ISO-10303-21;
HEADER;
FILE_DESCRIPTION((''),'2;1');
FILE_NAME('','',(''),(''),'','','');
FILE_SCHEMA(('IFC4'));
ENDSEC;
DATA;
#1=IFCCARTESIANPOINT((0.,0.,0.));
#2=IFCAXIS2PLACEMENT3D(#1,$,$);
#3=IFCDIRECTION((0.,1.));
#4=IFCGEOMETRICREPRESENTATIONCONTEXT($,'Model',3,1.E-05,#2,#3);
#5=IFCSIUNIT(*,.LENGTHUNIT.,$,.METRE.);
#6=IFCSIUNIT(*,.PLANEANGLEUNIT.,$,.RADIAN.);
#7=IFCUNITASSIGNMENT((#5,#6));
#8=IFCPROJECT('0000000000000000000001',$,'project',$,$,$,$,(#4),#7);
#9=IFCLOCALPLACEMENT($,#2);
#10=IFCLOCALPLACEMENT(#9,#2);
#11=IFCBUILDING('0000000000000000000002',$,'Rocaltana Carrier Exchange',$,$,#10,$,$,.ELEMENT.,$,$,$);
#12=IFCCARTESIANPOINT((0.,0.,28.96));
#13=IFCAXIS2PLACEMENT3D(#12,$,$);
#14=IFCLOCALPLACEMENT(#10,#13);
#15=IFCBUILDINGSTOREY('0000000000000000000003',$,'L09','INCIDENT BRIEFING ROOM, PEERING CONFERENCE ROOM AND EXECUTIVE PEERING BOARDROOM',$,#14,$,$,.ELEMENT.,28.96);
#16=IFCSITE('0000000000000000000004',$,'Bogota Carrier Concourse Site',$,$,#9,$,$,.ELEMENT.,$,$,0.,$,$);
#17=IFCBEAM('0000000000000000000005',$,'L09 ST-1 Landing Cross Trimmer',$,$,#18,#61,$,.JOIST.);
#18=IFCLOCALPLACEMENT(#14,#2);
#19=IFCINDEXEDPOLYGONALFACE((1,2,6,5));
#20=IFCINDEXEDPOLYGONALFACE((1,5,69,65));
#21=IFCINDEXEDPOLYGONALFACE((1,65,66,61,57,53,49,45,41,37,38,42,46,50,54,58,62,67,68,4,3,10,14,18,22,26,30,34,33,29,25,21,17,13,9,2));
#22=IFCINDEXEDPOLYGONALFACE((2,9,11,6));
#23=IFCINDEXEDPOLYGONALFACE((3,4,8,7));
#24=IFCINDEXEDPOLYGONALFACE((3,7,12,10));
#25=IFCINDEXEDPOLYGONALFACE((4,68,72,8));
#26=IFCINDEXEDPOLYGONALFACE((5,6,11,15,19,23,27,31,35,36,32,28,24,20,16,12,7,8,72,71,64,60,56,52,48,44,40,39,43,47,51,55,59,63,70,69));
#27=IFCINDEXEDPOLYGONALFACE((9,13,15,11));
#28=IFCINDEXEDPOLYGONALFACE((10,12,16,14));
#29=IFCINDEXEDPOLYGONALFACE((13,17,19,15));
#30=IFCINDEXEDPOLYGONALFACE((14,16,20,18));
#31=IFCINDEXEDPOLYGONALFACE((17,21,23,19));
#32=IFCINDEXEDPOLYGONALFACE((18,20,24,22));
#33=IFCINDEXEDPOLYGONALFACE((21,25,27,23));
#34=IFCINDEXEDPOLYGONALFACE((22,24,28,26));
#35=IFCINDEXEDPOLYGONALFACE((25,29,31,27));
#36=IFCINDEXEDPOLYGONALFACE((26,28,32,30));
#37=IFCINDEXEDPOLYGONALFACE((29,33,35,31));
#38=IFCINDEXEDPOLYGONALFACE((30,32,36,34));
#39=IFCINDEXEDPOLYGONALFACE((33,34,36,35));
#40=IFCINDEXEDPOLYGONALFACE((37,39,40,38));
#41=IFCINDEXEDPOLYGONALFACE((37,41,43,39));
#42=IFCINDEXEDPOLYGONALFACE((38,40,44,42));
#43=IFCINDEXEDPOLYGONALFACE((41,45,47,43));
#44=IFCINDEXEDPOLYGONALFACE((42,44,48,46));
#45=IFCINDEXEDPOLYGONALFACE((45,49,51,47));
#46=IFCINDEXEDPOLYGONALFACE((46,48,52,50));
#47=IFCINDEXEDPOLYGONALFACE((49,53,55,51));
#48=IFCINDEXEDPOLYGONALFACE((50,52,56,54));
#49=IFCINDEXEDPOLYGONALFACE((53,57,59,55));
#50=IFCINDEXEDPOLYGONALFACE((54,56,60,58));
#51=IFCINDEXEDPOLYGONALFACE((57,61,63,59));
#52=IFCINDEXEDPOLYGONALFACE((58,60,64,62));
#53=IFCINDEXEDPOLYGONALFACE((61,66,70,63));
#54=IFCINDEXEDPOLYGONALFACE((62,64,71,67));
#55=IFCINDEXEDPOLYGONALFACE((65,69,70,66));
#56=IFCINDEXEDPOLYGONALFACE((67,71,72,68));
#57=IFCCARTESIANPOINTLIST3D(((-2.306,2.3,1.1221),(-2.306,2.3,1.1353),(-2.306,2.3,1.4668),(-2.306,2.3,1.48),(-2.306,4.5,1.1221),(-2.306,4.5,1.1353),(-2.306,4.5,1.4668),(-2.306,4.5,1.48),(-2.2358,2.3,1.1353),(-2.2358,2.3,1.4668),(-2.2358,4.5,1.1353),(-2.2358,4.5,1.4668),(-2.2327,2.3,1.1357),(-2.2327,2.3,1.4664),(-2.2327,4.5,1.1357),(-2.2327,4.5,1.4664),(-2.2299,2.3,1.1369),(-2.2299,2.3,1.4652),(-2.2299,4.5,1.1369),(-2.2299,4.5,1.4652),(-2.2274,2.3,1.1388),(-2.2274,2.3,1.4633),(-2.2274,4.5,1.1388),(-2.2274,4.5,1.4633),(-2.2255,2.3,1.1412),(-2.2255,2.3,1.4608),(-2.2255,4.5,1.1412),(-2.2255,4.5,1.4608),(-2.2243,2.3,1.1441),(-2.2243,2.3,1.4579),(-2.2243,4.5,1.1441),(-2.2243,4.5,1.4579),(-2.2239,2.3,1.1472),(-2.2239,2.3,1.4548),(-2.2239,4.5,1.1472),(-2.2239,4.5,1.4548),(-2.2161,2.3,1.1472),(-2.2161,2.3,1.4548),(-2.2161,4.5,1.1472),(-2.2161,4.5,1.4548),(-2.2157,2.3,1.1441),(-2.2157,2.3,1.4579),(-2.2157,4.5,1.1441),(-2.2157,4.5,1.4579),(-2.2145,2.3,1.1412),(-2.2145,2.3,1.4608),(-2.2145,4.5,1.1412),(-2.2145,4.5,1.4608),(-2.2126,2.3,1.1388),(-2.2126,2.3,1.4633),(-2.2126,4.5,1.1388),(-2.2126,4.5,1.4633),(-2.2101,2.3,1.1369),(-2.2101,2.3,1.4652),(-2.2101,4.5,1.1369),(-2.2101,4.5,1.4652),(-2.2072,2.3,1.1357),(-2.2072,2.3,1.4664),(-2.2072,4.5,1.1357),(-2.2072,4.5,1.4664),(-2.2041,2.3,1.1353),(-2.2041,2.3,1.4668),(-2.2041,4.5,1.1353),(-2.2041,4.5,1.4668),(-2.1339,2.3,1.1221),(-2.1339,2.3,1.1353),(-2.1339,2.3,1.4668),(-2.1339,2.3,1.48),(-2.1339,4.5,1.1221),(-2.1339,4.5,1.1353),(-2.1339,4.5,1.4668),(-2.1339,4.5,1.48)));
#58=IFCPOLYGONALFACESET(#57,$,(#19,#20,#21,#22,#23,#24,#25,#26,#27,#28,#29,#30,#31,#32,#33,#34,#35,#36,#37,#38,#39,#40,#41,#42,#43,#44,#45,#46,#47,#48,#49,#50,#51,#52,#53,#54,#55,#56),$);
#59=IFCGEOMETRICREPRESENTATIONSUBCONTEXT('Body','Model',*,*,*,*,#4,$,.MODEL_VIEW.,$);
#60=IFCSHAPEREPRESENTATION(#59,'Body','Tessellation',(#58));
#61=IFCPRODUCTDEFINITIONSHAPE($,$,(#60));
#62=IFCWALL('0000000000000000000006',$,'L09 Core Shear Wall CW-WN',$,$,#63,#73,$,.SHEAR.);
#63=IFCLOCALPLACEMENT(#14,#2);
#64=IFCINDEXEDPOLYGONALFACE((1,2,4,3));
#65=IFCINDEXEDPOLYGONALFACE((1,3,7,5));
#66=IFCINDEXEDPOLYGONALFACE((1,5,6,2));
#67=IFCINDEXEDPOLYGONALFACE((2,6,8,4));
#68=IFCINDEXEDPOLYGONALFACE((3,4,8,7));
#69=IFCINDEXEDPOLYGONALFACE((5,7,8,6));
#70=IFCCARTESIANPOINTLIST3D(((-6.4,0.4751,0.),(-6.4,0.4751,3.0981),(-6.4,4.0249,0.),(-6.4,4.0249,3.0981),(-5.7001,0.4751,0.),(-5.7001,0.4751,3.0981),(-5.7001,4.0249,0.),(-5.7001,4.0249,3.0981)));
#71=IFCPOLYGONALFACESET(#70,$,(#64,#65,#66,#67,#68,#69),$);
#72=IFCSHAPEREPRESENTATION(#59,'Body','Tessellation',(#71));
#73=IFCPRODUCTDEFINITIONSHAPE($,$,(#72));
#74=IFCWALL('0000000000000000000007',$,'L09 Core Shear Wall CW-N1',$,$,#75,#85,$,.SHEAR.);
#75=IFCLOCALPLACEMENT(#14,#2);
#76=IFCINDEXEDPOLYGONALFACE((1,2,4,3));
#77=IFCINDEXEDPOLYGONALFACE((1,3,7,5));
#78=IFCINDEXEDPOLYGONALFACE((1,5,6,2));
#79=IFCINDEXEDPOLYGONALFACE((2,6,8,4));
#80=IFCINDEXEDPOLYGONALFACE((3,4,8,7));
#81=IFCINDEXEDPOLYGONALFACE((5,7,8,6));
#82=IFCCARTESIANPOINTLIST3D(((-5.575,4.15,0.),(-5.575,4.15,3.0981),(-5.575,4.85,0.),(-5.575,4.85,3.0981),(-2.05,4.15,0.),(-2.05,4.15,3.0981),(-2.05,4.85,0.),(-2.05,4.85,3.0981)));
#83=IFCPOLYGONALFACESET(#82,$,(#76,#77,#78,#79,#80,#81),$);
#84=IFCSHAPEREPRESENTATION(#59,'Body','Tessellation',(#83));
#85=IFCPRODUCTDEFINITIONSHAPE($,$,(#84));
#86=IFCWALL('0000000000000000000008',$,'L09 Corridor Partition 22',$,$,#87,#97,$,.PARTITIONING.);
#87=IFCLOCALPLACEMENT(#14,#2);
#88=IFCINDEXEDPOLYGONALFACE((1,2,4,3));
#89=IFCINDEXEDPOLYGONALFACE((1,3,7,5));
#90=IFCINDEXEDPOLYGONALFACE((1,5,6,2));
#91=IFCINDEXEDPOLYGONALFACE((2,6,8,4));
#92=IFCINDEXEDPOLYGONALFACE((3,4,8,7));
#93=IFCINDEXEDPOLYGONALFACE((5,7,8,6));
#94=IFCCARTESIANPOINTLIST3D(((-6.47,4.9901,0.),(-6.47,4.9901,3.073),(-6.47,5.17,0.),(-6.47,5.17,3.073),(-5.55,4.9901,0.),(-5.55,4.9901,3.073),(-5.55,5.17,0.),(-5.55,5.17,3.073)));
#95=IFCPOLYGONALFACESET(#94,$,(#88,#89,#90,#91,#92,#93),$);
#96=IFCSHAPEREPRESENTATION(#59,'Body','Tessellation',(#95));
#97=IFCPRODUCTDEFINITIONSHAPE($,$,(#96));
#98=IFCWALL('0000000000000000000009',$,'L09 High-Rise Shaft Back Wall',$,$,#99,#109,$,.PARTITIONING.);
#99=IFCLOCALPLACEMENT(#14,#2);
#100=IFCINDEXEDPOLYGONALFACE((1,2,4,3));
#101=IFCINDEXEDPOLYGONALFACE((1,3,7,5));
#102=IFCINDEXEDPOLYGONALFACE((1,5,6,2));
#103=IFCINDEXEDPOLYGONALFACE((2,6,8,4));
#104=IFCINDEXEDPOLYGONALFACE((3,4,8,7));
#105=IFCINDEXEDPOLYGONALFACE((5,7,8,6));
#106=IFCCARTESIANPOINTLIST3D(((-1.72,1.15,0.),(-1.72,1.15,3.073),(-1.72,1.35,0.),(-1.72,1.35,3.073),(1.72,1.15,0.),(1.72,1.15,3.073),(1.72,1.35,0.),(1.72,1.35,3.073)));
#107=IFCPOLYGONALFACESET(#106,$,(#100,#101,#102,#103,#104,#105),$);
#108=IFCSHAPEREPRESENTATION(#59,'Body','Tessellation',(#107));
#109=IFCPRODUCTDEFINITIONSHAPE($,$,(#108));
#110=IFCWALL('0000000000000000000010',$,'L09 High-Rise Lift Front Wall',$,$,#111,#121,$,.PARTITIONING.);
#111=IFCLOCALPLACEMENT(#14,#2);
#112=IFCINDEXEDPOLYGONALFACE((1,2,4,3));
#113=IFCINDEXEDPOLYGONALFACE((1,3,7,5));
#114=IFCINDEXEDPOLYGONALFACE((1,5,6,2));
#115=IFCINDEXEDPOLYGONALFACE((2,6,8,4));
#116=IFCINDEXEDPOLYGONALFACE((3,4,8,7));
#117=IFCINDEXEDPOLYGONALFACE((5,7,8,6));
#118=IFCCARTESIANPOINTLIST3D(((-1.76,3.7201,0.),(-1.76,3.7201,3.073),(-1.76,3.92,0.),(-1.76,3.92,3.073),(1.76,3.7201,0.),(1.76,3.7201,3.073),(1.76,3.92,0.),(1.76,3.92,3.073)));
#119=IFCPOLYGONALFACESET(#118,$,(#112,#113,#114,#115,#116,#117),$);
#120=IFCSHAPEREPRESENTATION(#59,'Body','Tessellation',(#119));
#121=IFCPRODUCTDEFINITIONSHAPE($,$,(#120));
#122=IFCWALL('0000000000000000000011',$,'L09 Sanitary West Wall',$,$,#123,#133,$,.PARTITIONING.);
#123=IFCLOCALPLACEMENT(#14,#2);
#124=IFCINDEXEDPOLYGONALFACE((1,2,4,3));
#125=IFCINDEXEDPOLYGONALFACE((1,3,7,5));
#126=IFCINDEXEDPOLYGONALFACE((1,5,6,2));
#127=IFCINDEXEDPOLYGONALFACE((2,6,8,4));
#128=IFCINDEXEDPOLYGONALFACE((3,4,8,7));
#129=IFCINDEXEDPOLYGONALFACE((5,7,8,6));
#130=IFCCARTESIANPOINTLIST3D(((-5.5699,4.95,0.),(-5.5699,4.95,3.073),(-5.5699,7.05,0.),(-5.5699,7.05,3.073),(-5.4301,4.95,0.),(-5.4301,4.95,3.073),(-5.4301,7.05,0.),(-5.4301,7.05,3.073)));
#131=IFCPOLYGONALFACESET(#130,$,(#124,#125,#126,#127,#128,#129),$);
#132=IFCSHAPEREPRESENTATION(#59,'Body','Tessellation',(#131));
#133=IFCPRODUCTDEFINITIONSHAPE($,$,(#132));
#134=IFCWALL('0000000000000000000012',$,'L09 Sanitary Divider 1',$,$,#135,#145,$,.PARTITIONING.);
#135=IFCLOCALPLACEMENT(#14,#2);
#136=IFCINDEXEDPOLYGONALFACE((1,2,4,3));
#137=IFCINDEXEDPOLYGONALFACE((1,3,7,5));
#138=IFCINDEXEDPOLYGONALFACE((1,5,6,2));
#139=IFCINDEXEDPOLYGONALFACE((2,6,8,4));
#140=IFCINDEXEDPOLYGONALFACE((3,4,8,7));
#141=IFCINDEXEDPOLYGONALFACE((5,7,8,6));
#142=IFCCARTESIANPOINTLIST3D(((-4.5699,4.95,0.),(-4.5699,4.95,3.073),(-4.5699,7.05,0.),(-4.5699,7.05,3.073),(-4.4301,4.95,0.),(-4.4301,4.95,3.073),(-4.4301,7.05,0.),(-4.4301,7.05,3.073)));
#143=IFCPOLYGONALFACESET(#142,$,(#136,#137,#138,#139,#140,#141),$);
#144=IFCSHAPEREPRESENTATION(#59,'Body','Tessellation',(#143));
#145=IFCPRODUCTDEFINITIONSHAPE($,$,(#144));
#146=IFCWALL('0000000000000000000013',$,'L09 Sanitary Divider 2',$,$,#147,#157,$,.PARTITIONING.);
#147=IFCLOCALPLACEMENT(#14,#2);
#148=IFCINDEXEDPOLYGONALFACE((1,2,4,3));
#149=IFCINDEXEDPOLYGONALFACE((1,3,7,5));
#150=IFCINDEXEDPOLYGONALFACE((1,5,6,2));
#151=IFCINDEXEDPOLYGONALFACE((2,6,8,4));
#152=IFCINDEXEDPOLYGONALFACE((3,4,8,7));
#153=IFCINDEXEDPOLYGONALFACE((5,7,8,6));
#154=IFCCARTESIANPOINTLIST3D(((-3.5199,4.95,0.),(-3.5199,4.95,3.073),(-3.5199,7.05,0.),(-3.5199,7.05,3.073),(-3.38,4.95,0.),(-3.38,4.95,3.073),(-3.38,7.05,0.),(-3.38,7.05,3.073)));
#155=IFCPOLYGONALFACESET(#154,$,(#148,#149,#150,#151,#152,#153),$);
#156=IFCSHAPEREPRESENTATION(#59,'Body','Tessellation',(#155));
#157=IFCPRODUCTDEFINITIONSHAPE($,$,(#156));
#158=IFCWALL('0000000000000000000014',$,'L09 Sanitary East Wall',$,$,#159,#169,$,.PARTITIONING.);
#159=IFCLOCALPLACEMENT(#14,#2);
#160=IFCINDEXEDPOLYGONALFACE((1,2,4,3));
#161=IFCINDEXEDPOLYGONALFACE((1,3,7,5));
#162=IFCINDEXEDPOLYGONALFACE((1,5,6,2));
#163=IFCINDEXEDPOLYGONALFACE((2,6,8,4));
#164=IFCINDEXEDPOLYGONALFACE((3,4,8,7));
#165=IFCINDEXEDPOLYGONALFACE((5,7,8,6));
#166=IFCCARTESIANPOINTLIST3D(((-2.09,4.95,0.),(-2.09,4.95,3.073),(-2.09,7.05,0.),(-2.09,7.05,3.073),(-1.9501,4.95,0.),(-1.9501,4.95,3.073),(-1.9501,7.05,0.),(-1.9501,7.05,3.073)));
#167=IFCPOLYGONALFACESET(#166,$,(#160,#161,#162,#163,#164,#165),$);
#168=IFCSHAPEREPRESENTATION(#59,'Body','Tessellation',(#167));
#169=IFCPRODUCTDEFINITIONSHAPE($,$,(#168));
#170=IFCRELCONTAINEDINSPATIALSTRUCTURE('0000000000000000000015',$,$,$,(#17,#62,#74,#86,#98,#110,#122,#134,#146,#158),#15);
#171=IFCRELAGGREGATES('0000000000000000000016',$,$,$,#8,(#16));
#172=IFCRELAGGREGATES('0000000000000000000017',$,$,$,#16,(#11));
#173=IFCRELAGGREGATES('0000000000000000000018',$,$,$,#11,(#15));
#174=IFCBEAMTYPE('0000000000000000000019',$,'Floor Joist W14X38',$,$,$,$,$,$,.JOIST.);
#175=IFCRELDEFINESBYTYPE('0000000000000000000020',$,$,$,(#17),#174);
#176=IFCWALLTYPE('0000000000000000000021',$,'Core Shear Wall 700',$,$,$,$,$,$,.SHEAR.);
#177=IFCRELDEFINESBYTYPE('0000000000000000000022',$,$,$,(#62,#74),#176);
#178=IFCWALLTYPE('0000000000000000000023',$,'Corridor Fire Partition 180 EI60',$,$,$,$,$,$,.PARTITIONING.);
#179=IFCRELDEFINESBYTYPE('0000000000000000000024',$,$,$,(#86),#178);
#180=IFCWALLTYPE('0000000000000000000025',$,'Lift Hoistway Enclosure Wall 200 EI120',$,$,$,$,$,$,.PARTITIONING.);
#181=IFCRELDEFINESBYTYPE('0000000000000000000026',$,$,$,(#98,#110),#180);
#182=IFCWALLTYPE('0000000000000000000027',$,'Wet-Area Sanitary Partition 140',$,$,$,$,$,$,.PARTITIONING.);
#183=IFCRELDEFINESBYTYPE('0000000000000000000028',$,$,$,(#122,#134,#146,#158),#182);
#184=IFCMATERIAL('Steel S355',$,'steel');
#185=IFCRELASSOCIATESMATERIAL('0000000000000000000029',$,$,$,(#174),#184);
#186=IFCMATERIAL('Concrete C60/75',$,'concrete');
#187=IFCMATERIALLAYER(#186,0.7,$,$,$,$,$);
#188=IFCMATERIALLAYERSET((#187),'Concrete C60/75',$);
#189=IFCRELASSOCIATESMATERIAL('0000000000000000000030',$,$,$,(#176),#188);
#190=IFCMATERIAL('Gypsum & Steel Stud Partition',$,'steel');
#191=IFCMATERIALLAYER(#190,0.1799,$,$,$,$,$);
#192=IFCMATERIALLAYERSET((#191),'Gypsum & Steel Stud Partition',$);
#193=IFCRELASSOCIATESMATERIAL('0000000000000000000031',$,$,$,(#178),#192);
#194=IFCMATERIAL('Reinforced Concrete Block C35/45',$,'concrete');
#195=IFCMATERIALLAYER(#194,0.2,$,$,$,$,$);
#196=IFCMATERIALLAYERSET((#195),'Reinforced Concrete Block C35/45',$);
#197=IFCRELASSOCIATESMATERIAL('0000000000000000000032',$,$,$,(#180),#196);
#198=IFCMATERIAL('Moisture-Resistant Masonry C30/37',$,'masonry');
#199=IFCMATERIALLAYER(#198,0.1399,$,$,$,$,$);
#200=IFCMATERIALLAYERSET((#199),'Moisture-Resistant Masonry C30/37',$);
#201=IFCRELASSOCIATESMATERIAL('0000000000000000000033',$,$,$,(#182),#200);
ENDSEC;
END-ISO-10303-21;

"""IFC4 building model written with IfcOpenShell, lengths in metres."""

from ifc_helpers import new_model, si_unit, direction, frame, frame_2d, origin, origin_2d, place, context, subcontext, project, spatial, rectangle, i_section, extrude, material, layer, layer_set, material_profile, profile_set, type_object, element, save


model = new_model("IFC4")

# Units and contexts
model_context = context("Model", 3, precision=1e-05, world=origin(), true_north=direction((0.0, 1.0)))
body_context = subcontext(model_context, "Body", "Model", "MODEL_VIEW")
ifc_project = project(units=[si_unit("LENGTHUNIT", "METRE"), si_unit("PLANEANGLEUNIT", "RADIAN")], contexts=[model_context])

# Site, building, storey
site_placement = place(None, origin())
site = spatial("IfcSite", under=ifc_project, at=site_placement, Name="Bogota Carrier Concourse Site", CompositionType="ELEMENT", RefElevation=0.0)
building_placement = place(site_placement, origin())
building = spatial("IfcBuilding", under=site, at=building_placement, Name="Rocaltana Carrier Exchange", CompositionType="ELEMENT")
storey_placement = place(building_placement, frame((0.0, 0.0, 28.96)))
storey = spatial("IfcBuildingStorey", under=building, at=storey_placement, Name="L09", Description="INCIDENT BRIEFING ROOM, PEERING CONFERENCE ROOM AND EXECUTIVE PEERING BOARDROOM", CompositionType="ELEMENT", Elevation=28.96)

# Beam
ifc_material_1 = material(Name="Steel S355", Category="steel")
ifc_material_profile_1 = material_profile(ifc_material_1, i_section(OverallWidth=0.1721, OverallDepth=0.3579, WebThickness=0.0078, FlangeThickness=0.0132, FilletRadius=0.012, at=origin_2d()), Name="W14X38")
ifc_profile_set_1 = profile_set([ifc_material_profile_1], Name="Steel S355")
beam_type_1 = type_object("IfcBeamType", Name="Floor Joist W14X38", PredefinedType="JOIST", material=ifc_profile_set_1)
beam_1_placement = place(storey_placement, frame((-2.22, 2.3, 1.301), z_axis=(0.0, 1.0, 0.0), x_axis=(-1.0, 0.0, 0.0)))
element("IfcBeam", 1, at=beam_1_placement, inside=storey, type_object=beam_type_1, Name="L09 ST-1 Landing Cross Trimmer", PredefinedType="JOIST", context=body_context, shape_type="SweptSolid", body=[
    extrude(i_section(OverallWidth=0.1721, OverallDepth=0.3579, WebThickness=0.0078, FlangeThickness=0.0132, FilletRadius=0.012, at=origin_2d()), origin(), (0.0, 0.0, 1.0), 2.2),
])

# Walls
ifc_material_2 = material(Name="Concrete C60/75", Category="concrete")
ifc_layer_1 = layer(ifc_material_2, 0.7)
ifc_layer_set_1 = layer_set([ifc_layer_1], Name="Concrete C60/75")
wall_type_1 = type_object("IfcWallType", Name="Core Shear Wall 700", PredefinedType="SHEAR", material=ifc_layer_set_1)
wall_1_placement = place(storey_placement, frame((-6.05, 0.4751, 0.0), z_axis=(0.0, 0.0, 1.0), x_axis=(0.0, 1.0, 0.0)))
element("IfcWall", 2, at=wall_1_placement, inside=storey, type_object=wall_type_1, Name="L09 Core Shear Wall CW-WN", PredefinedType="SHEAR", context=body_context, shape_type="SweptSolid", body=[
    extrude(rectangle(XDim=3.5498, YDim=0.7, at=frame_2d((1.7749, 0.0))), origin(), (0.0, 0.0, 1.0), 3.0981),
])
wall_2_placement = place(storey_placement, frame((-5.575, 4.5, 0.0), z_axis=(0.0, 0.0, 1.0), x_axis=(1.0, 0.0, 0.0)))
element("IfcWall", 3, at=wall_2_placement, inside=storey, type_object=wall_type_1, Name="L09 Core Shear Wall CW-N1", PredefinedType="SHEAR", context=body_context, shape_type="SweptSolid", body=[
    extrude(rectangle(XDim=3.5249, YDim=0.7, at=frame_2d((1.7625, 0.0))), origin(), (0.0, 0.0, 1.0), 3.0981),
])
ifc_material_3 = material(Name="Gypsum & Steel Stud Partition", Category="steel")
ifc_layer_2 = layer(ifc_material_3, 0.1799)
ifc_layer_set_2 = layer_set([ifc_layer_2], Name="Gypsum & Steel Stud Partition")
wall_type_2 = type_object("IfcWallType", Name="Corridor Fire Partition 180 EI60", PredefinedType="PARTITIONING", material=ifc_layer_set_2)
wall_3_placement = place(storey_placement, frame((-5.55, 5.0801, 0.0), z_axis=(0.0, 0.0, 1.0), x_axis=(-1.0, 0.0, 0.0)))
element("IfcWall", 4, at=wall_3_placement, inside=storey, type_object=wall_type_2, Name="L09 Corridor Partition 22", PredefinedType="PARTITIONING", context=body_context, shape_type="SweptSolid", body=[
    extrude(rectangle(XDim=0.9199, YDim=0.1799, at=frame_2d((0.46, 0.0))), origin(), (0.0, 0.0, 1.0), 3.073),
])
ifc_material_4 = material(Name="Reinforced Concrete Block C35/45", Category="concrete")
ifc_layer_3 = layer(ifc_material_4, 0.2)
ifc_layer_set_3 = layer_set([ifc_layer_3], Name="Reinforced Concrete Block C35/45")
wall_type_3 = type_object("IfcWallType", Name="Lift Hoistway Enclosure Wall 200 EI120", PredefinedType="PARTITIONING", material=ifc_layer_set_3)
wall_4_placement = place(storey_placement, frame((-1.72, 1.25, 0.0), z_axis=(0.0, 0.0, 1.0), x_axis=(1.0, 0.0, 0.0)))
element("IfcWall", 5, at=wall_4_placement, inside=storey, type_object=wall_type_3, Name="L09 High-Rise Shaft Back Wall", PredefinedType="PARTITIONING", context=body_context, shape_type="SweptSolid", body=[
    extrude(rectangle(XDim=3.4399, YDim=0.2, at=frame_2d((1.72, 0.0))), origin(), (0.0, 0.0, 1.0), 3.073),
])
wall_5_placement = place(storey_placement, frame((-1.76, 3.8201, 0.0), z_axis=(0.0, 0.0, 1.0), x_axis=(1.0, 0.0, 0.0)))
element("IfcWall", 6, at=wall_5_placement, inside=storey, type_object=wall_type_3, Name="L09 High-Rise Lift Front Wall", PredefinedType="PARTITIONING", context=body_context, shape_type="SweptSolid", body=[
    extrude(rectangle(XDim=3.52, YDim=0.2, at=frame_2d((1.76, 0.0))), origin(), (0.0, 0.0, 1.0), 3.073),
])
ifc_material_5 = material(Name="Moisture-Resistant Masonry C30/37", Category="masonry")
ifc_layer_4 = layer(ifc_material_5, 0.1399)
ifc_layer_set_4 = layer_set([ifc_layer_4], Name="Moisture-Resistant Masonry C30/37")
wall_type_4 = type_object("IfcWallType", Name="Wet-Area Sanitary Partition 140", PredefinedType="PARTITIONING", material=ifc_layer_set_4)
for number, where, z_axis, x_axis, name in (
    (7, (-5.5, 4.95, 0.0), (0.0, 0.0, 1.0), (0.0, 1.0, 0.0), "L09 Sanitary West Wall"),
    (8, (-4.5, 4.95, 0.0), (0.0, 0.0, 1.0), (0.0, 1.0, 0.0), "L09 Sanitary Divider 1"),
    (9, (-3.45, 4.95, 0.0), (0.0, 0.0, 1.0), (0.0, 1.0, 0.0), "L09 Sanitary Divider 2"),
    (10, (-2.02, 4.95, 0.0), (0.0, 0.0, 1.0), (0.0, 1.0, 0.0), "L09 Sanitary East Wall"),
):
    element("IfcWall", number, at=place(storey_placement, frame(where, z_axis=z_axis, x_axis=x_axis)), inside=storey, type_object=wall_type_4, Name=name, PredefinedType="PARTITIONING", context=body_context, shape_type="SweptSolid", body=[
        extrude(rectangle(XDim=2.1001, YDim=0.1399, at=frame_2d((1.05, 0.0))), origin(), (0.0, 0.0, 1.0), 3.073),
    ])

save(model, "model.ifc")
